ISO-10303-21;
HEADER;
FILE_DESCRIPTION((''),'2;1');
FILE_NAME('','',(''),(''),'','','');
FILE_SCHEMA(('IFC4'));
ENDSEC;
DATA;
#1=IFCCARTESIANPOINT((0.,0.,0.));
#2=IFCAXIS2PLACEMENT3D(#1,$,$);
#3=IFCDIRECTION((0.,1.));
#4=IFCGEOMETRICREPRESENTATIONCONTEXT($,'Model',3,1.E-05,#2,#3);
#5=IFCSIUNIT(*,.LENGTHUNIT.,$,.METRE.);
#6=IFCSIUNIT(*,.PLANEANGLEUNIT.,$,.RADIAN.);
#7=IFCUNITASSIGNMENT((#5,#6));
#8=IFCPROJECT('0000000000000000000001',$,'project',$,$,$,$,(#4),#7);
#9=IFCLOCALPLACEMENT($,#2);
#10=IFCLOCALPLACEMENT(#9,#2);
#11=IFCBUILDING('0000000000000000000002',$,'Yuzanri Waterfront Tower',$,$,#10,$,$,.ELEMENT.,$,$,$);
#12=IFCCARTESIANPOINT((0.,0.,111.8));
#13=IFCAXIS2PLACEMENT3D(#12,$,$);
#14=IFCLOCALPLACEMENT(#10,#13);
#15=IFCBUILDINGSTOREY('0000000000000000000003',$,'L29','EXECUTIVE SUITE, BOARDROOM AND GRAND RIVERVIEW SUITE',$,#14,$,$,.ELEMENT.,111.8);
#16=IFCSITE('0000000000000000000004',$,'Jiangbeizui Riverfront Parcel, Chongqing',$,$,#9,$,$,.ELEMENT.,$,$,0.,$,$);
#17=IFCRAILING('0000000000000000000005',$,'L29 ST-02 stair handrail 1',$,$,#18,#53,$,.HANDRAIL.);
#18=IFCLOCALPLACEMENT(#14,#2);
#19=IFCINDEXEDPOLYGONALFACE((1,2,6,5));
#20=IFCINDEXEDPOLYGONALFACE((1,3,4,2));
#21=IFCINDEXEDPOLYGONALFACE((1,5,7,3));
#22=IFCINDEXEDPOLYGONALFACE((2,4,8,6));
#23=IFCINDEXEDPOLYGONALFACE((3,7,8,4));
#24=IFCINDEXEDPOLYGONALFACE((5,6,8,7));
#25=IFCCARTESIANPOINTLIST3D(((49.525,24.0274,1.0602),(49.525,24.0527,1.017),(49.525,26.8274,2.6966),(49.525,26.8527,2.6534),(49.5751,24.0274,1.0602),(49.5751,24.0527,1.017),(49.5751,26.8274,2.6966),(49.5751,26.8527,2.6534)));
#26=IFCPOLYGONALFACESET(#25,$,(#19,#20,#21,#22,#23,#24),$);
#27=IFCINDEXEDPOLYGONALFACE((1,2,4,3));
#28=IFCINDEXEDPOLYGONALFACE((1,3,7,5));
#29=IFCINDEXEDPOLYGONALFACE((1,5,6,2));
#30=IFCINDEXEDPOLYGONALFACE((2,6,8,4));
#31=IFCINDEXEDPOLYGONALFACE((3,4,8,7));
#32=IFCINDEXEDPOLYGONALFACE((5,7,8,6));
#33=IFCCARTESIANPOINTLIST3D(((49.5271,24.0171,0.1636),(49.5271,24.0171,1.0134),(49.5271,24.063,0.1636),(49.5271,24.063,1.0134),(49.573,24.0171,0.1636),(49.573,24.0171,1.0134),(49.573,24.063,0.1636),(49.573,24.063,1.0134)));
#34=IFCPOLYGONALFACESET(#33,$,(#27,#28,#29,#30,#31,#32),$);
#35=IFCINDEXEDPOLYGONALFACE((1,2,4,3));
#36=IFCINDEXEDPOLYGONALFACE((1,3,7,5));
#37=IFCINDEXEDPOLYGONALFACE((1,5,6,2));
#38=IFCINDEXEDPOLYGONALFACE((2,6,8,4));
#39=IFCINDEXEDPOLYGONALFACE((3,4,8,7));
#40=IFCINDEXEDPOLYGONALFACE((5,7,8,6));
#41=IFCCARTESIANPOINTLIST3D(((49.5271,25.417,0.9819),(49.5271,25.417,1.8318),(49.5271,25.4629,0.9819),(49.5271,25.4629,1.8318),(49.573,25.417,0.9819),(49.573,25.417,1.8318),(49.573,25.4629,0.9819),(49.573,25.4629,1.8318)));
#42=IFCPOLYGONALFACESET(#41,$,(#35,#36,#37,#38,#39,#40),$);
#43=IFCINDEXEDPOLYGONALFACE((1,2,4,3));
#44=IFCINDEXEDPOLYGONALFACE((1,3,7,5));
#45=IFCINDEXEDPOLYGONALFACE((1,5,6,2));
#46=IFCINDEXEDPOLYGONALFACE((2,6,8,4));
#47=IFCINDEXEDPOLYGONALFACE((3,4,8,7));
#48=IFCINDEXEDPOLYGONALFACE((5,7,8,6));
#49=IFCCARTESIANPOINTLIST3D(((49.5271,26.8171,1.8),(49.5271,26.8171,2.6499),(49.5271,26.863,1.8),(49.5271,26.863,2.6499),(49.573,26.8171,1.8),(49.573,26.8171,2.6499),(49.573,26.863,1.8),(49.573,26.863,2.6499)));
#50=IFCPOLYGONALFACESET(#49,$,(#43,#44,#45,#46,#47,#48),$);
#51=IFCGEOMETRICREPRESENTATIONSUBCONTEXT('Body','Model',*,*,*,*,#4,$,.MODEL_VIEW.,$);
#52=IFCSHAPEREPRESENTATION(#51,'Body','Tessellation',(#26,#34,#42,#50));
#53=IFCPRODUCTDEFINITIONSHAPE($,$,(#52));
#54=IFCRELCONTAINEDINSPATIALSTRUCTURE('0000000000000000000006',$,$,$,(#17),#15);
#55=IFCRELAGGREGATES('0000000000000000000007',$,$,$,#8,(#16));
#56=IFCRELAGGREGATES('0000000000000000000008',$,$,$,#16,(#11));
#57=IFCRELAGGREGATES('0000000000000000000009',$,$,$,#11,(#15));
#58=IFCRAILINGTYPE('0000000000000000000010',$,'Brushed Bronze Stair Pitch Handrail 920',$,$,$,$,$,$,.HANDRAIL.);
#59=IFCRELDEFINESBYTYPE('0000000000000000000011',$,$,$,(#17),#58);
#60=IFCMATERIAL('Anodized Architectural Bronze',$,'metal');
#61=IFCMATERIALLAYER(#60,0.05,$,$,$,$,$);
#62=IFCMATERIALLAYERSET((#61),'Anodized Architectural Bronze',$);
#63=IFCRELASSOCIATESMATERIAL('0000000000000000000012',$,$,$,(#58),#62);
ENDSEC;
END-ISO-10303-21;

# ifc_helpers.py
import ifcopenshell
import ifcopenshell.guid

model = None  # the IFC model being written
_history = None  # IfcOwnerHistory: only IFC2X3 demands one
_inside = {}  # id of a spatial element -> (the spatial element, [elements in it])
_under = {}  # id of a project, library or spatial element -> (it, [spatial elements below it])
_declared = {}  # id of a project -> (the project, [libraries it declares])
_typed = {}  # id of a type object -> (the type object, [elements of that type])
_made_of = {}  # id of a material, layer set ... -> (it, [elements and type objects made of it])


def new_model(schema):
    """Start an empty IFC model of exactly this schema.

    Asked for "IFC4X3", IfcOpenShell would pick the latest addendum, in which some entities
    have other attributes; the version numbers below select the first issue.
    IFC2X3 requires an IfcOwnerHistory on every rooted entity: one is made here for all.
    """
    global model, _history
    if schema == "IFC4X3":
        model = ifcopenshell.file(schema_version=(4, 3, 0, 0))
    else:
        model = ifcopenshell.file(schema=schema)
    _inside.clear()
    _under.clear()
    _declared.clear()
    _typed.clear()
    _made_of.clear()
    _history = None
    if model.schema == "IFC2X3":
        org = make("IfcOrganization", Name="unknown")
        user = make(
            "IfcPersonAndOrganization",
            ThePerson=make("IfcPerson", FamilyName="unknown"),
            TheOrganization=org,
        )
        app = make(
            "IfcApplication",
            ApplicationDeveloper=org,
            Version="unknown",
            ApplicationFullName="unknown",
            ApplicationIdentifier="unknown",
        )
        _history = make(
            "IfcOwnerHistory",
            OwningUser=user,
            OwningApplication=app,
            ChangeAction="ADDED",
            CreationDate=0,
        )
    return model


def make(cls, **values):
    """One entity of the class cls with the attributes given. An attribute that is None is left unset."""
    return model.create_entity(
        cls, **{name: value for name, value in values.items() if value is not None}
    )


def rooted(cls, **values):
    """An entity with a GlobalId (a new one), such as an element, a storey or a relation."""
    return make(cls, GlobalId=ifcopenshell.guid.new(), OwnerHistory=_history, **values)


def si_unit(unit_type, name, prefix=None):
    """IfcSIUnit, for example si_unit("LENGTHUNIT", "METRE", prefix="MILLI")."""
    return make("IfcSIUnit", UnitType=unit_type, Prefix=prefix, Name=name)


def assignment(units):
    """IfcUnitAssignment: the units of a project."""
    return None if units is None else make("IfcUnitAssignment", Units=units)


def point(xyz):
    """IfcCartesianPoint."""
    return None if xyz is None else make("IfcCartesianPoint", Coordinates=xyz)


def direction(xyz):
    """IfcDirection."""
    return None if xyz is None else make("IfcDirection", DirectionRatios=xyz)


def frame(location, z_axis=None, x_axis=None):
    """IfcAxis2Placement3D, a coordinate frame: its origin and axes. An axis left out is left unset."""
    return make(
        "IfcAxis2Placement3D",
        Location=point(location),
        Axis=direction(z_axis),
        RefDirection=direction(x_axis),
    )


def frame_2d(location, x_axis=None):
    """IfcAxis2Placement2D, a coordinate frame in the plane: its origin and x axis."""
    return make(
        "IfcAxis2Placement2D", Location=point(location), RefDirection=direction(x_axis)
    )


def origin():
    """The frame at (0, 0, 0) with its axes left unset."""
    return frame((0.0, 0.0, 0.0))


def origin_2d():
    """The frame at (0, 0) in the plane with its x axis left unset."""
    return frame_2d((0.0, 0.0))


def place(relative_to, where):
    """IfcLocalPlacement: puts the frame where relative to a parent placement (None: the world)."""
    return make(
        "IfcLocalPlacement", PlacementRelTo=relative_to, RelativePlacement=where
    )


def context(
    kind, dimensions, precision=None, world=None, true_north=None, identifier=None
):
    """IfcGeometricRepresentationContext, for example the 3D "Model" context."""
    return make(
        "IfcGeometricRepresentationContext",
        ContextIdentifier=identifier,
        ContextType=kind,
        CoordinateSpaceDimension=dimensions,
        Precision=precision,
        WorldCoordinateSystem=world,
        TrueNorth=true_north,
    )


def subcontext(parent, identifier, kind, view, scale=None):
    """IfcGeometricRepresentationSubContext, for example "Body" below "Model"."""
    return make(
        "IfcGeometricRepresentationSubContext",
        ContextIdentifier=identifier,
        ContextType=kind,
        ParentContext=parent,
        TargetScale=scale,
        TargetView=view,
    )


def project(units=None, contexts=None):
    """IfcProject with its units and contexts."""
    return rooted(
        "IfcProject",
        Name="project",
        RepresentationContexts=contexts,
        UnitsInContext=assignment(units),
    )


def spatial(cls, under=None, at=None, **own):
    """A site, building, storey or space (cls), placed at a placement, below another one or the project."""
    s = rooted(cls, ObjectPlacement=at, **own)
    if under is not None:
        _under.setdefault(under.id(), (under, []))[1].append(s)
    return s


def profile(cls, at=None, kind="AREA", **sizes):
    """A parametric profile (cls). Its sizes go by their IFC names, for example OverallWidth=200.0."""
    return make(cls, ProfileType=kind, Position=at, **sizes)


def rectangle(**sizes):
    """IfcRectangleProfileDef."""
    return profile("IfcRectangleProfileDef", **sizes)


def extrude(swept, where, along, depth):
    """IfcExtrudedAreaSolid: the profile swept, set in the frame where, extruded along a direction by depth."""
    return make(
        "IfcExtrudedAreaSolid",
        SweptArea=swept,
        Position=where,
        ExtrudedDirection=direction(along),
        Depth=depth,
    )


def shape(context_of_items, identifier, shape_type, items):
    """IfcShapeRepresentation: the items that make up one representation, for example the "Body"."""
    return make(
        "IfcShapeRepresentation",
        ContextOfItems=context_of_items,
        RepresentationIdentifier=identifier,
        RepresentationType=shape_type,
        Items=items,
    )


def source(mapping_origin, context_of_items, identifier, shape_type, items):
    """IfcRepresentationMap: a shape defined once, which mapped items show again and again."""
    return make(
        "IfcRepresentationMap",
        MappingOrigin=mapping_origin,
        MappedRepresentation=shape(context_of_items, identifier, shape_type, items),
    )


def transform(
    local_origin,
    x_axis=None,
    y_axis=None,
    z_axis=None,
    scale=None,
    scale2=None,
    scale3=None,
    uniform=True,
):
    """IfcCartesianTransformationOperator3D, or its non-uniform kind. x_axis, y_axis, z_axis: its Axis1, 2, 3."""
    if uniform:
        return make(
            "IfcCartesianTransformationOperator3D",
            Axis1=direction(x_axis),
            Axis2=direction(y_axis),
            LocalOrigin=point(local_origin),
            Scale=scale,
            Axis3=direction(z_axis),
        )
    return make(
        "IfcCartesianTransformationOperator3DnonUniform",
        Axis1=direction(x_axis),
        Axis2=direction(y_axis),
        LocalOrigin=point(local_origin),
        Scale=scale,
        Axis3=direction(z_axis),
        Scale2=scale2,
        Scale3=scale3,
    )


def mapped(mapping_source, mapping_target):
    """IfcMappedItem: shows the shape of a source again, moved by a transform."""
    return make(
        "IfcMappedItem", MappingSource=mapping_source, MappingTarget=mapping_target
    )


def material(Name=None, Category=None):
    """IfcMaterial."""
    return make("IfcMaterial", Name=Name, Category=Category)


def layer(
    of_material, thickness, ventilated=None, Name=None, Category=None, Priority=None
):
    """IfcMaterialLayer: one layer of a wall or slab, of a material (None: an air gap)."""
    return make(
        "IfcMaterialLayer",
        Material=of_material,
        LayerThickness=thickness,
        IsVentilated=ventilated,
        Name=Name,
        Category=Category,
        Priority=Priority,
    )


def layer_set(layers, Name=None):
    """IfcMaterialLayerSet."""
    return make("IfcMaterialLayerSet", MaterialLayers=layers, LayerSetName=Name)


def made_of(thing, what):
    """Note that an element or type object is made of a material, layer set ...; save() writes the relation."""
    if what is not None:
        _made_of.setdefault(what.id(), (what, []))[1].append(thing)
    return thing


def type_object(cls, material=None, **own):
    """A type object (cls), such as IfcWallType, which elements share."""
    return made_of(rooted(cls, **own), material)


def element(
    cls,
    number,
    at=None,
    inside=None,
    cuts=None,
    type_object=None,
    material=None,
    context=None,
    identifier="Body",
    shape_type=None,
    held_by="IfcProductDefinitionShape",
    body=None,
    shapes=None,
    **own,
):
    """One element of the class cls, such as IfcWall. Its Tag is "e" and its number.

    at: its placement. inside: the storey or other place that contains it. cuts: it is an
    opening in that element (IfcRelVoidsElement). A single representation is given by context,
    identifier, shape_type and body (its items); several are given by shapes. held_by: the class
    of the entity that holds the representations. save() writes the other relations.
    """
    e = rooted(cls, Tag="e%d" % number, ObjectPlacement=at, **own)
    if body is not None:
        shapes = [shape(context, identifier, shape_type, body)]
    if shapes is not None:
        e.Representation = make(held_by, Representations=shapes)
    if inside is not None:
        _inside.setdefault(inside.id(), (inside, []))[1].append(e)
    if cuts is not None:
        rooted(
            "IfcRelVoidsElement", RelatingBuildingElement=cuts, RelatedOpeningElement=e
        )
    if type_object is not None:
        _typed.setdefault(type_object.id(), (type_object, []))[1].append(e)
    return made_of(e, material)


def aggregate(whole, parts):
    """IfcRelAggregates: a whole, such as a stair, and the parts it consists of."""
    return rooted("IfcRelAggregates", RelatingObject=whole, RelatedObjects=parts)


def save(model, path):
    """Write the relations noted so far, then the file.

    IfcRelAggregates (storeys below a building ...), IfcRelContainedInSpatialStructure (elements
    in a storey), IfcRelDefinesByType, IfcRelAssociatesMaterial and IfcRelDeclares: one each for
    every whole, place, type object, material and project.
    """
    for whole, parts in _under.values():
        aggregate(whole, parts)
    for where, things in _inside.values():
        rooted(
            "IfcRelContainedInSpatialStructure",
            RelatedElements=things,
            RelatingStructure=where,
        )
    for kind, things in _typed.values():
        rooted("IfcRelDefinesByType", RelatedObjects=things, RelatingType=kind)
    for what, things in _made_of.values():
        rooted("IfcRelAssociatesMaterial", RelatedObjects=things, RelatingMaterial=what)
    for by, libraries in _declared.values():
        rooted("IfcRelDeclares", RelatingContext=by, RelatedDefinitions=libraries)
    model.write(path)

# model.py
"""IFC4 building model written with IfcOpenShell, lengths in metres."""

from ifc_helpers import new_model, si_unit, direction, frame, origin, origin_2d, place, context, subcontext, project, spatial, rectangle, extrude, source, transform, mapped, material, layer, layer_set, type_object, element, save


model = new_model("IFC4")

# Units and contexts
model_context = context("Model", 3, precision=1e-05, world=origin(), true_north=direction((0.0, 1.0)))
body_context = subcontext(model_context, "Body", "Model", "MODEL_VIEW")
ifc_project = project(units=[si_unit("LENGTHUNIT", "METRE"), si_unit("PLANEANGLEUNIT", "RADIAN")], contexts=[model_context])

# Site, building, storey
site_placement = place(None, origin())
site = spatial("IfcSite", under=ifc_project, at=site_placement, Name="Jiangbeizui Riverfront Parcel, Chongqing", CompositionType="ELEMENT", RefElevation=0.0)
building_placement = place(site_placement, origin())
building = spatial("IfcBuilding", under=site, at=building_placement, Name="Yuzanri Waterfront Tower", CompositionType="ELEMENT")
storey_placement = place(building_placement, frame((0.0, 0.0, 111.8)))
storey = spatial("IfcBuildingStorey", under=building, at=storey_placement, Name="L29", Description="EXECUTIVE SUITE, BOARDROOM AND GRAND RIVERVIEW SUITE", CompositionType="ELEMENT", Elevation=111.8)

# Railing
ifc_material_1 = material(Name="Anodized Architectural Bronze", Category="metal")
ifc_layer_1 = layer(ifc_material_1, 0.05)
ifc_layer_set_1 = layer_set([ifc_layer_1], Name="Anodized Architectural Bronze")
railing_type = type_object("IfcRailingType", Name="Brushed Bronze Stair Pitch Handrail 920", PredefinedType="HANDRAIL", material=ifc_layer_set_1)
shared_shape_1 = source(origin(), body_context, "Body", "SweptSolid", [
    extrude(rectangle(XDim=0.05, YDim=0.05, at=origin_2d()), frame((0.0, 0.0, 0.875), z_axis=(0.0, 0.863361, 0.504587), x_axis=(-1.0, 0.0, 0.0)), (0.0, 0.0, 1.0), 3.2432),
    extrude(rectangle(XDim=0.0459, YDim=0.0459, at=origin_2d()), origin(), (0.0, 0.0, 1.0), 0.8499),
    extrude(rectangle(XDim=0.0459, YDim=0.0459, at=origin_2d()), frame((0.0, 1.3999, 0.8184)), (0.0, 0.0, 1.0), 0.8499),
    extrude(rectangle(XDim=0.0459, YDim=0.0459, at=origin_2d()), frame((0.0, 2.8, 1.6365)), (0.0, 0.0, 1.0), 0.8499),
])
railing_placement = place(storey_placement, frame((49.55, 24.04, 0.1636)))
element("IfcRailing", 1, at=railing_placement, inside=storey, type_object=railing_type, Name="L29 ST-02 stair handrail 1", PredefinedType="HANDRAIL", context=body_context, shape_type="MappedRepresentation", body=[
    mapped(shared_shape_1, transform((0.0, 0.0, 0.0), scale=1.0)),
])

save(model, "model.ifc")
